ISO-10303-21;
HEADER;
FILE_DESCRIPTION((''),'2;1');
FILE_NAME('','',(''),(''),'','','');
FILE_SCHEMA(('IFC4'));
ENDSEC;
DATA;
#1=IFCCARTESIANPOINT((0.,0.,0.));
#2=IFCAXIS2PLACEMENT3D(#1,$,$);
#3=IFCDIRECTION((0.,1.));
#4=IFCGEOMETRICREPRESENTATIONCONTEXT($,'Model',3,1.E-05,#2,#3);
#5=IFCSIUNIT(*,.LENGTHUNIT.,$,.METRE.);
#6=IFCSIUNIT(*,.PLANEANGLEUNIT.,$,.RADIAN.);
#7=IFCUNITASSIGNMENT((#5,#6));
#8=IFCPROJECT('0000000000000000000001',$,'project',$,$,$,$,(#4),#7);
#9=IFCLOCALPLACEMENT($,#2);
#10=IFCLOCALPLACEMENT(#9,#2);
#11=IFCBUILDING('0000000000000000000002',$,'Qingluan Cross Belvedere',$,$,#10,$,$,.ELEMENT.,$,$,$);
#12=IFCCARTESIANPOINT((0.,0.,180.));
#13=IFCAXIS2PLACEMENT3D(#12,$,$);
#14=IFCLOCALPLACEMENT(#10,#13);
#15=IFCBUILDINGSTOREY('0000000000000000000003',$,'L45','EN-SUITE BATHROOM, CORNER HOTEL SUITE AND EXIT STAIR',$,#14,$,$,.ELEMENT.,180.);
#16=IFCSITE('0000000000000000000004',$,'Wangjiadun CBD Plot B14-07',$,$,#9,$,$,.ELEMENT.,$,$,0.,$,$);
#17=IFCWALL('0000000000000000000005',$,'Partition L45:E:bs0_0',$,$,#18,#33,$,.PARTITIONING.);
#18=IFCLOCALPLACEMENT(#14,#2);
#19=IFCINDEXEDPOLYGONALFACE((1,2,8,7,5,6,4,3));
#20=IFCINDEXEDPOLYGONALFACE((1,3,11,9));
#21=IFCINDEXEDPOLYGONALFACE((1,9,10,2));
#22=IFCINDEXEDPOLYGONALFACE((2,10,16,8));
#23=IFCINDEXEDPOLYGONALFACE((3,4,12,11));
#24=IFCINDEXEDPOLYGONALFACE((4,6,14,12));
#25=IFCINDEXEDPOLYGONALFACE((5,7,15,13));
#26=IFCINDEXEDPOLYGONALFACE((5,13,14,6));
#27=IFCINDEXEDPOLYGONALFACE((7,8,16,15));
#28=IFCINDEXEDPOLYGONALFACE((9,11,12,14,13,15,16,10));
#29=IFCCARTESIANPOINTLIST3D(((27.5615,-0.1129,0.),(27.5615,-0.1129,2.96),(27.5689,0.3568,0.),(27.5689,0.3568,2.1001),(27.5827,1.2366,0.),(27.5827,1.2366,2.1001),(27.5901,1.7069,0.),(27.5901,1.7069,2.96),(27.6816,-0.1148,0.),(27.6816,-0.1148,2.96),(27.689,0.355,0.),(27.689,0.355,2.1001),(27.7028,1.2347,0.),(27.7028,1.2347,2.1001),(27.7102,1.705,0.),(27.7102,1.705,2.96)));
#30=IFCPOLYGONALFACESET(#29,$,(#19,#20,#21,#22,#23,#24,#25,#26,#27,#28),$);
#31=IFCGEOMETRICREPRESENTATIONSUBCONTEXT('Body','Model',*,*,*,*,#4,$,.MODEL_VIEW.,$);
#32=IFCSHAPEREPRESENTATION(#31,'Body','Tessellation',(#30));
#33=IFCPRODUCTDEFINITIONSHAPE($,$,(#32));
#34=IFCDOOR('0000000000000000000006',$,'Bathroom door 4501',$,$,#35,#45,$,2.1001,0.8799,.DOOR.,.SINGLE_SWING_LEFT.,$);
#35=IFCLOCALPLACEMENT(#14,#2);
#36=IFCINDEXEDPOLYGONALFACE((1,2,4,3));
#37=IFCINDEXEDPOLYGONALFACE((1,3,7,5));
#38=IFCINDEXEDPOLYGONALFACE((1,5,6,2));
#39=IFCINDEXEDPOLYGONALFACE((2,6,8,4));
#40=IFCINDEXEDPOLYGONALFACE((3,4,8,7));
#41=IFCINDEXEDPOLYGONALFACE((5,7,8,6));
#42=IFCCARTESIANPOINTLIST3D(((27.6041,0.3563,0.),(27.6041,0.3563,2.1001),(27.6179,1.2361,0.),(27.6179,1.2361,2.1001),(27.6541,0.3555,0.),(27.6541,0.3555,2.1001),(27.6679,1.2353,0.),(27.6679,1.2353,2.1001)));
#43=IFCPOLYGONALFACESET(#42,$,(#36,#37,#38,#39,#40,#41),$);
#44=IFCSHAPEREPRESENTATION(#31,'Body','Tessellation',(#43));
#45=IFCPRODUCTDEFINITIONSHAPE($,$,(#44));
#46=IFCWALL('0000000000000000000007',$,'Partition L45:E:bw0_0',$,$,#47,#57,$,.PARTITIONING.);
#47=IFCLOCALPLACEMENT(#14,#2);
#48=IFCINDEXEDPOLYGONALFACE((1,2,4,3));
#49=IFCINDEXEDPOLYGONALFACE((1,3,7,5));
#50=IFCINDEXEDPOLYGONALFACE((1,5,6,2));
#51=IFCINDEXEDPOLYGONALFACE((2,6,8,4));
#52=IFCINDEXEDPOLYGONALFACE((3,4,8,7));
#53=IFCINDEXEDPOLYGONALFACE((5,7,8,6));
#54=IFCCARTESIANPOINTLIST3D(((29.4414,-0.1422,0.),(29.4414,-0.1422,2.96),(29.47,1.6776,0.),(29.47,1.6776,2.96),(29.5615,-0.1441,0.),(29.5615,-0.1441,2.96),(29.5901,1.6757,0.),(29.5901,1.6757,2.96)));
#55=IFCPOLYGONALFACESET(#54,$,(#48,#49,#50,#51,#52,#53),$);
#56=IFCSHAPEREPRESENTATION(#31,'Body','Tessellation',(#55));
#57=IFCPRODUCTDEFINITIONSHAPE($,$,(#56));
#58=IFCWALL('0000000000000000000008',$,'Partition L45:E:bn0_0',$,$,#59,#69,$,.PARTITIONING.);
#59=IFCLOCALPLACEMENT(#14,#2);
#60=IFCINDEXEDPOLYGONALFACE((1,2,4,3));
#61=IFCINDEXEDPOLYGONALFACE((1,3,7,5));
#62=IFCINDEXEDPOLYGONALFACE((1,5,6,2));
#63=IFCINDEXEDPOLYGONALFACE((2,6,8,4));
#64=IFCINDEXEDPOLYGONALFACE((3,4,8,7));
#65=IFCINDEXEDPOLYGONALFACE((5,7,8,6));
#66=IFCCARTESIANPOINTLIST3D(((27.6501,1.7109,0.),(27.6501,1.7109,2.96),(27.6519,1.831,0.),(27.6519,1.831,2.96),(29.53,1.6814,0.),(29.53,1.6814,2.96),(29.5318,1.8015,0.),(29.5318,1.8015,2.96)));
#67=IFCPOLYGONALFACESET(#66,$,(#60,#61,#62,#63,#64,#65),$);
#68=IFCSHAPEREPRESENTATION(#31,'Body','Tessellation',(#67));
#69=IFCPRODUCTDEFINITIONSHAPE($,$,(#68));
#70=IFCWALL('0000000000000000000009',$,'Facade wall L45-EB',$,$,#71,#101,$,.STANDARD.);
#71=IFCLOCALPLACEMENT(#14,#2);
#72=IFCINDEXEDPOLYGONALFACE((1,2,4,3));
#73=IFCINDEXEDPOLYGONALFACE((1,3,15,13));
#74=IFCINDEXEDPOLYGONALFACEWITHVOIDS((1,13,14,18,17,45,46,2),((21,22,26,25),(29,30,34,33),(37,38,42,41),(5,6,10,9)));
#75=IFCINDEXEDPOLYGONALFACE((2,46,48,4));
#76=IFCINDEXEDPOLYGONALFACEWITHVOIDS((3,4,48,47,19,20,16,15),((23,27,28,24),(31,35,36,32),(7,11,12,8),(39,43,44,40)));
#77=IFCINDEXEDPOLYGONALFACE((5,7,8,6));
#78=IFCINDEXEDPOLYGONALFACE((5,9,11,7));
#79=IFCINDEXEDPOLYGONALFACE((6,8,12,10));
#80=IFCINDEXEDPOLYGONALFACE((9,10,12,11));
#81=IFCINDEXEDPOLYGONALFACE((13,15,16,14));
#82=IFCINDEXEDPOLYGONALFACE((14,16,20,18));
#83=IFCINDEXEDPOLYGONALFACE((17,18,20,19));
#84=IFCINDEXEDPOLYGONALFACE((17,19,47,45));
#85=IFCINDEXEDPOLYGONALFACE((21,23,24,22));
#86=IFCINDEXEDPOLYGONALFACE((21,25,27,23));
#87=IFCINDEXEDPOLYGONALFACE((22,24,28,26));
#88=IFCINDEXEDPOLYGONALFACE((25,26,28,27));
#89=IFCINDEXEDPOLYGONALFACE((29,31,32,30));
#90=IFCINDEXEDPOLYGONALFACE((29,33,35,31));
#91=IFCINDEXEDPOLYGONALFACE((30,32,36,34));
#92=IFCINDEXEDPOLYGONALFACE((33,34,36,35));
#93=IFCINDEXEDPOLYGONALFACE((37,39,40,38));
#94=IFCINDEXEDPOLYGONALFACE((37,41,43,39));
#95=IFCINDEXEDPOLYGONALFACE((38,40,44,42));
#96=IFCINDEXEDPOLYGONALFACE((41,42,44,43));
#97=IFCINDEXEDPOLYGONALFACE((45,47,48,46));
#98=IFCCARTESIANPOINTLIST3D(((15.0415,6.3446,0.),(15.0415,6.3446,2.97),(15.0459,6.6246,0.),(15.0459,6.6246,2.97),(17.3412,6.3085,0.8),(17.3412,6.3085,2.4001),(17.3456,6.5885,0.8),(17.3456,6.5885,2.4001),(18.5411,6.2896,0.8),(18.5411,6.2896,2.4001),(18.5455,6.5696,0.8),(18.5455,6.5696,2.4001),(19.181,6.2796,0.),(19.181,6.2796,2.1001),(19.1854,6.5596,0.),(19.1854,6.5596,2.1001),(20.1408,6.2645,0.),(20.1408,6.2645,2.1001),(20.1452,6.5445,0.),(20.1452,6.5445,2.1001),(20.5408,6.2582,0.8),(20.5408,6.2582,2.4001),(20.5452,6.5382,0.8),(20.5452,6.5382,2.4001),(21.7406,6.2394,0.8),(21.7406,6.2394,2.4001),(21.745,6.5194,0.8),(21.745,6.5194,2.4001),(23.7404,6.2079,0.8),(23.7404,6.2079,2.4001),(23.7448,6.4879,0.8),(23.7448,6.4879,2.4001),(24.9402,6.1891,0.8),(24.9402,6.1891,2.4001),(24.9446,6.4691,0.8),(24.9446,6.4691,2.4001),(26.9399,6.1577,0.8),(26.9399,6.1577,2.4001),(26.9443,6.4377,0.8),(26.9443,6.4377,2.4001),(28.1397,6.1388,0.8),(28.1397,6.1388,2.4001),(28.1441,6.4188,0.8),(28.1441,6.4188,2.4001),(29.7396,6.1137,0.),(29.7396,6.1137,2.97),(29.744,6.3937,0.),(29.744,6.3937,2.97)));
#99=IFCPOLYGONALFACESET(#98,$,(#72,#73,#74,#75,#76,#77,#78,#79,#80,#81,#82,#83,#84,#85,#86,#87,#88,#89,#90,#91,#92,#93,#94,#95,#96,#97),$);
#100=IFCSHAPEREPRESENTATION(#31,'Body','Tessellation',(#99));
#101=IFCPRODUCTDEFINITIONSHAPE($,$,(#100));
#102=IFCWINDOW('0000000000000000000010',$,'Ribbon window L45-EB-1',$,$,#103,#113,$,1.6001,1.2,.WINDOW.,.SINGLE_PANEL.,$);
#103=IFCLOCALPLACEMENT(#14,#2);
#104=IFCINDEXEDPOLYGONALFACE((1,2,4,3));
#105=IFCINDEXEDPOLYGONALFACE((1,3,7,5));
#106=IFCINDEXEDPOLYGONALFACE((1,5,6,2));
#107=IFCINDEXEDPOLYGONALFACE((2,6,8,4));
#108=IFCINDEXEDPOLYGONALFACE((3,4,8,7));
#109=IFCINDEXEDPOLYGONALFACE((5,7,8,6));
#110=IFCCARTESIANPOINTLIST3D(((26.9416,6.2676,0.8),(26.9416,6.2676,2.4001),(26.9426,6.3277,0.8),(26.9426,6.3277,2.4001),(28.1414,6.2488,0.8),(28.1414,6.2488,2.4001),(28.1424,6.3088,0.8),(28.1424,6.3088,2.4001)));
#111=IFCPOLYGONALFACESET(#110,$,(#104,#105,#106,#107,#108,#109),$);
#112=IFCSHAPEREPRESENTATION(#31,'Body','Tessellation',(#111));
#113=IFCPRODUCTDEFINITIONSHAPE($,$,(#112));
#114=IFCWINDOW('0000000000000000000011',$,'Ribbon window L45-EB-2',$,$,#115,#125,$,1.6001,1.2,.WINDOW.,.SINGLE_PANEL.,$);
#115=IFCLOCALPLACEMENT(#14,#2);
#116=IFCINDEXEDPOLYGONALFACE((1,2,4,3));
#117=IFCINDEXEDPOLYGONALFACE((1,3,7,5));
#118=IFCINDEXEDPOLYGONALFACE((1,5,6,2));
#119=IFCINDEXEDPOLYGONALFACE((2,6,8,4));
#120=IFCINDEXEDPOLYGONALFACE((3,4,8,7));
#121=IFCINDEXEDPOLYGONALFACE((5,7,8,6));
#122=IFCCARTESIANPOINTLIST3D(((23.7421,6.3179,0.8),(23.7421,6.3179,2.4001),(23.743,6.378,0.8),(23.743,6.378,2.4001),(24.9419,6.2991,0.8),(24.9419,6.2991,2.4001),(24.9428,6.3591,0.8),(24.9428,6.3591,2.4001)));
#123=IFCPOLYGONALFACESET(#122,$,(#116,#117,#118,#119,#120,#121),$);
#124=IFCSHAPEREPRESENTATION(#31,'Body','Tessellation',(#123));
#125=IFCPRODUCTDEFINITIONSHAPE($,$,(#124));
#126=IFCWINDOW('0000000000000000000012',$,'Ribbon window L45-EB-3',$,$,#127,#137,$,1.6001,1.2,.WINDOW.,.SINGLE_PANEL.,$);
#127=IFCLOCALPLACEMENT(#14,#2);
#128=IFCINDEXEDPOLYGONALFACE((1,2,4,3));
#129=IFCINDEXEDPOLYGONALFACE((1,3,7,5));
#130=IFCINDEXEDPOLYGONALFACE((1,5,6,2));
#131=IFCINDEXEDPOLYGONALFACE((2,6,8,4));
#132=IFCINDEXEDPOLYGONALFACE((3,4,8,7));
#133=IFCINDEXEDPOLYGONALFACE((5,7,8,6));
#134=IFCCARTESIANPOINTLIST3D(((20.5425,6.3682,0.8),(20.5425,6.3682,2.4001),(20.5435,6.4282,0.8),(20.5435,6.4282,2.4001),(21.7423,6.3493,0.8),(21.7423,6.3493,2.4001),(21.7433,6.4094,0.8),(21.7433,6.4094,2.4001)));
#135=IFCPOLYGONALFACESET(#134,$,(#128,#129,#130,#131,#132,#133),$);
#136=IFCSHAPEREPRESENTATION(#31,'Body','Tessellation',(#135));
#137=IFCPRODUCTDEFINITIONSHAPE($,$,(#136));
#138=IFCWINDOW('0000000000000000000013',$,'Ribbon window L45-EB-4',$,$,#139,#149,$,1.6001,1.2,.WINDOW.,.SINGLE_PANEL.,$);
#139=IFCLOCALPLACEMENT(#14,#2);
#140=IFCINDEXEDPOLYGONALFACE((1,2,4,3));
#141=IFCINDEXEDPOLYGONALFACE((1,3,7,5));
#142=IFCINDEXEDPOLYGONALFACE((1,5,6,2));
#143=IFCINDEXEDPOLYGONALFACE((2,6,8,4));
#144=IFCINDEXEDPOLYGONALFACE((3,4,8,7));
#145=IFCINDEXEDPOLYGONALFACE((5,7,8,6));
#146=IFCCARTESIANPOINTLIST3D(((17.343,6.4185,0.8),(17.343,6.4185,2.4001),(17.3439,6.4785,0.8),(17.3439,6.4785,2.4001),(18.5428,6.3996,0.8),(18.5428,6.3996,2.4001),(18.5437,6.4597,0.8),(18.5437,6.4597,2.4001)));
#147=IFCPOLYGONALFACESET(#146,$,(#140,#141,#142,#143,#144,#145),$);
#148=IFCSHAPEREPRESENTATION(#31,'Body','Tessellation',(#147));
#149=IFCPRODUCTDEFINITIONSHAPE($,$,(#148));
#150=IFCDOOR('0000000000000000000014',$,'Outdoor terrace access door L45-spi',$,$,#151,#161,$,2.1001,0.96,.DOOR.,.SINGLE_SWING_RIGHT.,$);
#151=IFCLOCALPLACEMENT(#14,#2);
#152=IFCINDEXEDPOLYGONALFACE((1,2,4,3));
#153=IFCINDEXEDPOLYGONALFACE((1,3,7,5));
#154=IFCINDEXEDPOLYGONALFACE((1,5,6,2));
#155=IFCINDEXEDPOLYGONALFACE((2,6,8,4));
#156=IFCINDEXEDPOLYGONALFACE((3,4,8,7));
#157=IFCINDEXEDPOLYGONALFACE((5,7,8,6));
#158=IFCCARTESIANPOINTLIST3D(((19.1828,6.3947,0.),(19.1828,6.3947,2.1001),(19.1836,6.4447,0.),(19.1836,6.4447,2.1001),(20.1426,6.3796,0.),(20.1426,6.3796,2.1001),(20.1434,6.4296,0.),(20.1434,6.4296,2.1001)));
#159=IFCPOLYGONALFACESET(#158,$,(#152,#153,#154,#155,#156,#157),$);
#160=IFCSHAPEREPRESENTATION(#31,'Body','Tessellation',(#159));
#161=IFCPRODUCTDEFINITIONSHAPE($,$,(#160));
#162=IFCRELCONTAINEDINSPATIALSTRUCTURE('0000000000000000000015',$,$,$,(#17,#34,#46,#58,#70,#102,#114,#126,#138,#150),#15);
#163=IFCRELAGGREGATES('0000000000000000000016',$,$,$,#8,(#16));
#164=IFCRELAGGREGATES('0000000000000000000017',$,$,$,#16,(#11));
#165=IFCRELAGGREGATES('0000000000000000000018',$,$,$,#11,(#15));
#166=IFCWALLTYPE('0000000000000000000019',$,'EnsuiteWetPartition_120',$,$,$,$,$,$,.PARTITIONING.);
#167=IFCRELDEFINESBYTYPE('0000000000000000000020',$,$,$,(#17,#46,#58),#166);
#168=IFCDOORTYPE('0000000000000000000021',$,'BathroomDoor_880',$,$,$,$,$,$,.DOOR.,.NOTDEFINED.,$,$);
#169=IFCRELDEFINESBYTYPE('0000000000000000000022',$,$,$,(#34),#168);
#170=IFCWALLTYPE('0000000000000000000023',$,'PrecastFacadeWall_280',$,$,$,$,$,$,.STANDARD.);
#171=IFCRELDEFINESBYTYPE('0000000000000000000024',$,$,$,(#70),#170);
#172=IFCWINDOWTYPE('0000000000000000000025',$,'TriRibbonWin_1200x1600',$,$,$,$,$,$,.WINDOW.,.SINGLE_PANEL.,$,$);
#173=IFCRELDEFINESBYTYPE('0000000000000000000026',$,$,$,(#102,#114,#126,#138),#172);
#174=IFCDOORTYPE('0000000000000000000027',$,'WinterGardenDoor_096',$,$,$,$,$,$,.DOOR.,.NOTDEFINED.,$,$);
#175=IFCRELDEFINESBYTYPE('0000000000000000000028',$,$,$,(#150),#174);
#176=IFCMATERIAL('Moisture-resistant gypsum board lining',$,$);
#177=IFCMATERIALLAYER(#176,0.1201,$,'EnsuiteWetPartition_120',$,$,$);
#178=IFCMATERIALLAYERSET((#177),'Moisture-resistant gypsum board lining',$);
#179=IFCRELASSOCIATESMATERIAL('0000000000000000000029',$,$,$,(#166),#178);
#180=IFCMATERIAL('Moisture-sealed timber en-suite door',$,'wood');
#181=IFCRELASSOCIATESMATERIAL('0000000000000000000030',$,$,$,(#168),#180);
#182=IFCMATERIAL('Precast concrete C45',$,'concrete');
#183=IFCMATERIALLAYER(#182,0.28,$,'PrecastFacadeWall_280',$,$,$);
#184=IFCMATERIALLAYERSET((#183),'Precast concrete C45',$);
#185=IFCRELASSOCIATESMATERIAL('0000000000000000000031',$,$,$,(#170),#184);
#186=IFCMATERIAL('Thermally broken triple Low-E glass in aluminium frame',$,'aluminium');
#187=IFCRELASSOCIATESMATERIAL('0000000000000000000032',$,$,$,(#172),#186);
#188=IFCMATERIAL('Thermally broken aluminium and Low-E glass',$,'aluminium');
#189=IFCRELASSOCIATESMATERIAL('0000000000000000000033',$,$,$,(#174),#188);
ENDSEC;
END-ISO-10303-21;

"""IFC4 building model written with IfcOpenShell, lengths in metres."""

from ifc_helpers import new_model, si_unit, direction, frame, frame_2d, origin, place, context, subcontext, project, spatial, rectangle, extrude, material, layer, layer_set, type_object, element, fill, save


model = new_model("IFC4")

# Units and contexts
model_context = context("Model", 3, precision=1e-05, world=origin(), true_north=direction((0.0, 1.0)))
body_context = subcontext(model_context, "Body", "Model", "MODEL_VIEW")
ifc_project = project(units=[si_unit("LENGTHUNIT", "METRE"), si_unit("PLANEANGLEUNIT", "RADIAN")], contexts=[model_context])

# Site, building, storey
site_placement = place(None, origin())
site = spatial("IfcSite", under=ifc_project, at=site_placement, Name="Wangjiadun CBD Plot B14-07", CompositionType="ELEMENT", RefElevation=0.0)
building_placement = place(site_placement, origin())
building = spatial("IfcBuilding", under=site, at=building_placement, Name="Qingluan Cross Belvedere", CompositionType="ELEMENT")
storey_placement = place(building_placement, frame((0.0, 0.0, 180.0)))
storey = spatial("IfcBuildingStorey", under=building, at=storey_placement, Name="L45", Description="EN-SUITE BATHROOM, CORNER HOTEL SUITE AND EXIT STAIR", CompositionType="ELEMENT", Elevation=180.0)

# Wall, opening, door
ifc_material_1 = material(Name="Moisture-resistant gypsum board lining")
ifc_layer_1 = layer(ifc_material_1, 0.1201, Name="EnsuiteWetPartition_120")
ifc_layer_set_1 = layer_set([ifc_layer_1], Name="Moisture-resistant gypsum board lining")
wall_type_1 = type_object("IfcWallType", Name="EnsuiteWetPartition_120", PredefinedType="PARTITIONING", material=ifc_layer_set_1)
wall_1_placement = place(storey_placement, frame((27.6216, -0.114, 0.0), z_axis=(0.0, 0.0, 1.0), x_axis=(0.015694, 0.999877, 0.0)))
wall_1 = element("IfcWall", 1, at=wall_1_placement, inside=storey, type_object=wall_type_1, Name="Partition L45:E:bs0_0", PredefinedType="PARTITIONING", context=body_context, shape_type="SweptSolid", body=[
    extrude(rectangle(XDim=1.8201, YDim=0.1201, at=frame_2d((0.9102, 0.0))), origin(), (0.0, 0.0, 1.0), 2.96),
])
opening_1_placement = place(wall_1_placement, frame((0.47, 0.0, 0.0)))
opening_1 = element("IfcOpeningElement", 2, at=opening_1_placement, cuts=wall_1, PredefinedType="OPENING", context=body_context, shape_type="SweptSolid", body=[
    extrude(rectangle(XDim=0.8799, YDim=2.1001, at=frame_2d((0.4399, 1.05))), frame((0.0, 0.0701, 0.0), z_axis=(0.0, -1.0, 0.0), x_axis=(1.0, 0.0, 0.0)), (0.0, 0.0, 1.0), 0.1401),
])
ifc_material_2 = material(Name="Moisture-sealed timber en-suite door", Category="wood")
door_type_1 = type_object("IfcDoorType", Name="BathroomDoor_880", OperationType="NOTDEFINED", PredefinedType="DOOR", material=ifc_material_2)
door_1_placement = place(opening_1_placement, origin())
door_1 = element("IfcDoor", 3, at=door_1_placement, inside=storey, type_object=door_type_1, Name="Bathroom door 4501", OperationType="SINGLE_SWING_LEFT", OverallHeight=2.1001, OverallWidth=0.8799, PredefinedType="DOOR", context=body_context, shape_type="SweptSolid", body=[
    extrude(rectangle(XDim=0.8799, YDim=2.1001, at=frame_2d((0.4399, 1.05))), frame((0.0, 0.0249, 0.0), z_axis=(0.0, -1.0, 0.0), x_axis=(1.0, 0.0, 0.0)), (0.0, 0.0, 1.0), 0.05),
])
fill(opening_1, door_1)

# Walls
wall_2_placement = place(storey_placement, frame((29.5015, -0.1433, 0.0), z_axis=(0.0, 0.0, 1.0), x_axis=(0.015694, 0.999877, 0.0)))
element("IfcWall", 4, at=wall_2_placement, inside=storey, type_object=wall_type_1, Name="Partition L45:E:bw0_0", PredefinedType="PARTITIONING", context=body_context, shape_type="SweptSolid", body=[
    extrude(rectangle(XDim=1.8201, YDim=0.1201, at=frame_2d((0.9102, 0.0))), origin(), (0.0, 0.0, 1.0), 2.96),
])
wall_3_placement = place(storey_placement, frame((27.6511, 1.771, 0.0), z_axis=(0.0, 0.0, 1.0), x_axis=(0.999877, -0.015712, 0.0)))
element("IfcWall", 5, at=wall_3_placement, inside=storey, type_object=wall_type_1, Name="Partition L45:E:bn0_0", PredefinedType="PARTITIONING", context=body_context, shape_type="SweptSolid", body=[
    extrude(rectangle(XDim=1.8801, YDim=0.1201, at=frame_2d((0.9399, 0.0))), origin(), (0.0, 0.0, 1.0), 2.96),
])

# Wall, openings, windows, door
ifc_material_3 = material(Name="Precast concrete C45", Category="concrete")
ifc_layer_2 = layer(ifc_material_3, 0.28, Name="PrecastFacadeWall_280")
ifc_layer_set_2 = layer_set([ifc_layer_2], Name="Precast concrete C45")
wall_type_2 = type_object("IfcWallType", Name="PrecastFacadeWall_280", PredefinedType="STANDARD", material=ifc_layer_set_2)
wall_4_placement = place(storey_placement, frame((29.7419, 6.2537, 0.0), z_axis=(0.0, 0.0, 1.0), x_axis=(-0.999877, 0.015711, 0.0)))
wall_4 = element("IfcWall", 6, at=wall_4_placement, inside=storey, type_object=wall_type_2, Name="Facade wall L45-EB", PredefinedType="STANDARD", context=body_context, shape_type="SweptSolid", body=[
    extrude(rectangle(XDim=14.7, YDim=0.28, at=frame_2d((7.3501, 0.0))), origin(), (0.0, 0.0, 1.0), 2.97),
])
opening_2_placement = place(wall_4_placement, frame((1.6001, 0.0, 0.8)))
opening_2 = element("IfcOpeningElement", 7, at=opening_2_placement, cuts=wall_4, PredefinedType="OPENING", context=body_context, shape_type="SweptSolid", body=[
    extrude(rectangle(XDim=1.2, YDim=1.6001, at=frame_2d((0.6001, 0.8))), frame((0.0, 0.1499, 0.0), z_axis=(0.0, -1.0, 0.0), x_axis=(1.0, 0.0, 0.0)), (0.0, 0.0, 1.0), 0.3),
])
opening_3_placement = place(wall_4_placement, frame((4.8, 0.0, 0.8)))
opening_3 = element("IfcOpeningElement", 8, at=opening_3_placement, cuts=wall_4, PredefinedType="OPENING", context=body_context, shape_type="SweptSolid", body=[
    extrude(rectangle(XDim=1.2, YDim=1.6001, at=frame_2d((0.6001, 0.8))), frame((0.0, 0.1499, 0.0), z_axis=(0.0, -1.0, 0.0), x_axis=(1.0, 0.0, 0.0)), (0.0, 0.0, 1.0), 0.3),
])
opening_4_placement = place(wall_4_placement, frame((8.0, 0.0, 0.8)))
opening_4 = element("IfcOpeningElement", 9, at=opening_4_placement, cuts=wall_4, PredefinedType="OPENING", context=body_context, shape_type="SweptSolid", body=[
    extrude(rectangle(XDim=1.2, YDim=1.6001, at=frame_2d((0.6001, 0.8))), frame((0.0, 0.1499, 0.0), z_axis=(0.0, -1.0, 0.0), x_axis=(1.0, 0.0, 0.0)), (0.0, 0.0, 1.0), 0.3),
])
opening_5_placement = place(wall_4_placement, frame((11.2, 0.0, 0.8)))
opening_5 = element("IfcOpeningElement", 10, at=opening_5_placement, cuts=wall_4, PredefinedType="OPENING", context=body_context, shape_type="SweptSolid", body=[
    extrude(rectangle(XDim=1.2, YDim=1.6001, at=frame_2d((0.6001, 0.8))), frame((0.0, 0.1499, 0.0), z_axis=(0.0, -1.0, 0.0), x_axis=(1.0, 0.0, 0.0)), (0.0, 0.0, 1.0), 0.3),
])
opening_6_placement = place(wall_4_placement, frame((9.6001, 0.0, 0.0)))
opening_6 = element("IfcOpeningElement", 11, at=opening_6_placement, cuts=wall_4, PredefinedType="OPENING", context=body_context, shape_type="SweptSolid", body=[
    extrude(rectangle(XDim=0.96, YDim=2.1001, at=frame_2d((0.48, 1.05))), frame((0.0, 0.1499, 0.0), z_axis=(0.0, -1.0, 0.0), x_axis=(1.0, 0.0, 0.0)), (0.0, 0.0, 1.0), 0.3),
])
ifc_material_4 = material(Name="Thermally broken triple Low-E glass in aluminium frame", Category="aluminium")
window_type = type_object("IfcWindowType", Name="TriRibbonWin_1200x1600", PartitioningType="SINGLE_PANEL", PredefinedType="WINDOW", material=ifc_material_4)
window_1_placement = place(opening_2_placement, origin())
window_1 = element("IfcWindow", 12, at=window_1_placement, inside=storey, type_object=window_type, Name="Ribbon window L45-EB-1", OverallHeight=1.6001, OverallWidth=1.2, PartitioningType="SINGLE_PANEL", PredefinedType="WINDOW", context=body_context, shape_type="SweptSolid", body=[
    extrude(rectangle(XDim=1.2, YDim=1.6001, at=frame_2d((0.6001, 0.8))), frame((0.0, 0.03, 0.0), z_axis=(0.0, -1.0, 0.0), x_axis=(1.0, 0.0, 0.0)), (0.0, 0.0, 1.0), 0.0601),
])
fill(opening_2, window_1)
window_2_placement = place(opening_3_placement, origin())
window_2 = element("IfcWindow", 13, at=window_2_placement, inside=storey, type_object=window_type, Name="Ribbon window L45-EB-2", OverallHeight=1.6001, OverallWidth=1.2, PartitioningType="SINGLE_PANEL", PredefinedType="WINDOW", context=body_context, shape_type="SweptSolid", body=[
    extrude(rectangle(XDim=1.2, YDim=1.6001, at=frame_2d((0.6001, 0.8))), frame((0.0, 0.03, 0.0), z_axis=(0.0, -1.0, 0.0), x_axis=(1.0, 0.0, 0.0)), (0.0, 0.0, 1.0), 0.0601),
])
fill(opening_3, window_2)
window_3_placement = place(opening_4_placement, origin())
window_3 = element("IfcWindow", 14, at=window_3_placement, inside=storey, type_object=window_type, Name="Ribbon window L45-EB-3", OverallHeight=1.6001, OverallWidth=1.2, PartitioningType="SINGLE_PANEL", PredefinedType="WINDOW", context=body_context, shape_type="SweptSolid", body=[
    extrude(rectangle(XDim=1.2, YDim=1.6001, at=frame_2d((0.6001, 0.8))), frame((0.0, 0.03, 0.0), z_axis=(0.0, -1.0, 0.0), x_axis=(1.0, 0.0, 0.0)), (0.0, 0.0, 1.0), 0.0601),
])
fill(opening_4, window_3)
window_4_placement = place(opening_5_placement, origin())
window_4 = element("IfcWindow", 15, at=window_4_placement, inside=storey, type_object=window_type, Name="Ribbon window L45-EB-4", OverallHeight=1.6001, OverallWidth=1.2, PartitioningType="SINGLE_PANEL", PredefinedType="WINDOW", context=body_context, shape_type="SweptSolid", body=[
    extrude(rectangle(XDim=1.2, YDim=1.6001, at=frame_2d((0.6001, 0.8))), frame((0.0, 0.03, 0.0), z_axis=(0.0, -1.0, 0.0), x_axis=(1.0, 0.0, 0.0)), (0.0, 0.0, 1.0), 0.0601),
])
fill(opening_5, window_4)
ifc_material_5 = material(Name="Thermally broken aluminium and Low-E glass", Category="aluminium")
door_type_2 = type_object("IfcDoorType", Name="WinterGardenDoor_096", OperationType="NOTDEFINED", PredefinedType="DOOR", material=ifc_material_5)
door_2_placement = place(opening_6_placement, origin())
door_2 = element("IfcDoor", 16, at=door_2_placement, inside=storey, type_object=door_type_2, Name="Outdoor terrace access door L45-spi", OperationType="SINGLE_SWING_RIGHT", OverallHeight=2.1001, OverallWidth=0.96, PredefinedType="DOOR", context=body_context, shape_type="SweptSolid", body=[
    extrude(rectangle(XDim=0.96, YDim=2.1001, at=frame_2d((0.48, 1.05))), frame((0.0, 0.0249, 0.0), z_axis=(0.0, -1.0, 0.0), x_axis=(1.0, 0.0, 0.0)), (0.0, 0.0, 1.0), 0.05),
])
fill(opening_6, door_2)

save(model, "model.ifc")
